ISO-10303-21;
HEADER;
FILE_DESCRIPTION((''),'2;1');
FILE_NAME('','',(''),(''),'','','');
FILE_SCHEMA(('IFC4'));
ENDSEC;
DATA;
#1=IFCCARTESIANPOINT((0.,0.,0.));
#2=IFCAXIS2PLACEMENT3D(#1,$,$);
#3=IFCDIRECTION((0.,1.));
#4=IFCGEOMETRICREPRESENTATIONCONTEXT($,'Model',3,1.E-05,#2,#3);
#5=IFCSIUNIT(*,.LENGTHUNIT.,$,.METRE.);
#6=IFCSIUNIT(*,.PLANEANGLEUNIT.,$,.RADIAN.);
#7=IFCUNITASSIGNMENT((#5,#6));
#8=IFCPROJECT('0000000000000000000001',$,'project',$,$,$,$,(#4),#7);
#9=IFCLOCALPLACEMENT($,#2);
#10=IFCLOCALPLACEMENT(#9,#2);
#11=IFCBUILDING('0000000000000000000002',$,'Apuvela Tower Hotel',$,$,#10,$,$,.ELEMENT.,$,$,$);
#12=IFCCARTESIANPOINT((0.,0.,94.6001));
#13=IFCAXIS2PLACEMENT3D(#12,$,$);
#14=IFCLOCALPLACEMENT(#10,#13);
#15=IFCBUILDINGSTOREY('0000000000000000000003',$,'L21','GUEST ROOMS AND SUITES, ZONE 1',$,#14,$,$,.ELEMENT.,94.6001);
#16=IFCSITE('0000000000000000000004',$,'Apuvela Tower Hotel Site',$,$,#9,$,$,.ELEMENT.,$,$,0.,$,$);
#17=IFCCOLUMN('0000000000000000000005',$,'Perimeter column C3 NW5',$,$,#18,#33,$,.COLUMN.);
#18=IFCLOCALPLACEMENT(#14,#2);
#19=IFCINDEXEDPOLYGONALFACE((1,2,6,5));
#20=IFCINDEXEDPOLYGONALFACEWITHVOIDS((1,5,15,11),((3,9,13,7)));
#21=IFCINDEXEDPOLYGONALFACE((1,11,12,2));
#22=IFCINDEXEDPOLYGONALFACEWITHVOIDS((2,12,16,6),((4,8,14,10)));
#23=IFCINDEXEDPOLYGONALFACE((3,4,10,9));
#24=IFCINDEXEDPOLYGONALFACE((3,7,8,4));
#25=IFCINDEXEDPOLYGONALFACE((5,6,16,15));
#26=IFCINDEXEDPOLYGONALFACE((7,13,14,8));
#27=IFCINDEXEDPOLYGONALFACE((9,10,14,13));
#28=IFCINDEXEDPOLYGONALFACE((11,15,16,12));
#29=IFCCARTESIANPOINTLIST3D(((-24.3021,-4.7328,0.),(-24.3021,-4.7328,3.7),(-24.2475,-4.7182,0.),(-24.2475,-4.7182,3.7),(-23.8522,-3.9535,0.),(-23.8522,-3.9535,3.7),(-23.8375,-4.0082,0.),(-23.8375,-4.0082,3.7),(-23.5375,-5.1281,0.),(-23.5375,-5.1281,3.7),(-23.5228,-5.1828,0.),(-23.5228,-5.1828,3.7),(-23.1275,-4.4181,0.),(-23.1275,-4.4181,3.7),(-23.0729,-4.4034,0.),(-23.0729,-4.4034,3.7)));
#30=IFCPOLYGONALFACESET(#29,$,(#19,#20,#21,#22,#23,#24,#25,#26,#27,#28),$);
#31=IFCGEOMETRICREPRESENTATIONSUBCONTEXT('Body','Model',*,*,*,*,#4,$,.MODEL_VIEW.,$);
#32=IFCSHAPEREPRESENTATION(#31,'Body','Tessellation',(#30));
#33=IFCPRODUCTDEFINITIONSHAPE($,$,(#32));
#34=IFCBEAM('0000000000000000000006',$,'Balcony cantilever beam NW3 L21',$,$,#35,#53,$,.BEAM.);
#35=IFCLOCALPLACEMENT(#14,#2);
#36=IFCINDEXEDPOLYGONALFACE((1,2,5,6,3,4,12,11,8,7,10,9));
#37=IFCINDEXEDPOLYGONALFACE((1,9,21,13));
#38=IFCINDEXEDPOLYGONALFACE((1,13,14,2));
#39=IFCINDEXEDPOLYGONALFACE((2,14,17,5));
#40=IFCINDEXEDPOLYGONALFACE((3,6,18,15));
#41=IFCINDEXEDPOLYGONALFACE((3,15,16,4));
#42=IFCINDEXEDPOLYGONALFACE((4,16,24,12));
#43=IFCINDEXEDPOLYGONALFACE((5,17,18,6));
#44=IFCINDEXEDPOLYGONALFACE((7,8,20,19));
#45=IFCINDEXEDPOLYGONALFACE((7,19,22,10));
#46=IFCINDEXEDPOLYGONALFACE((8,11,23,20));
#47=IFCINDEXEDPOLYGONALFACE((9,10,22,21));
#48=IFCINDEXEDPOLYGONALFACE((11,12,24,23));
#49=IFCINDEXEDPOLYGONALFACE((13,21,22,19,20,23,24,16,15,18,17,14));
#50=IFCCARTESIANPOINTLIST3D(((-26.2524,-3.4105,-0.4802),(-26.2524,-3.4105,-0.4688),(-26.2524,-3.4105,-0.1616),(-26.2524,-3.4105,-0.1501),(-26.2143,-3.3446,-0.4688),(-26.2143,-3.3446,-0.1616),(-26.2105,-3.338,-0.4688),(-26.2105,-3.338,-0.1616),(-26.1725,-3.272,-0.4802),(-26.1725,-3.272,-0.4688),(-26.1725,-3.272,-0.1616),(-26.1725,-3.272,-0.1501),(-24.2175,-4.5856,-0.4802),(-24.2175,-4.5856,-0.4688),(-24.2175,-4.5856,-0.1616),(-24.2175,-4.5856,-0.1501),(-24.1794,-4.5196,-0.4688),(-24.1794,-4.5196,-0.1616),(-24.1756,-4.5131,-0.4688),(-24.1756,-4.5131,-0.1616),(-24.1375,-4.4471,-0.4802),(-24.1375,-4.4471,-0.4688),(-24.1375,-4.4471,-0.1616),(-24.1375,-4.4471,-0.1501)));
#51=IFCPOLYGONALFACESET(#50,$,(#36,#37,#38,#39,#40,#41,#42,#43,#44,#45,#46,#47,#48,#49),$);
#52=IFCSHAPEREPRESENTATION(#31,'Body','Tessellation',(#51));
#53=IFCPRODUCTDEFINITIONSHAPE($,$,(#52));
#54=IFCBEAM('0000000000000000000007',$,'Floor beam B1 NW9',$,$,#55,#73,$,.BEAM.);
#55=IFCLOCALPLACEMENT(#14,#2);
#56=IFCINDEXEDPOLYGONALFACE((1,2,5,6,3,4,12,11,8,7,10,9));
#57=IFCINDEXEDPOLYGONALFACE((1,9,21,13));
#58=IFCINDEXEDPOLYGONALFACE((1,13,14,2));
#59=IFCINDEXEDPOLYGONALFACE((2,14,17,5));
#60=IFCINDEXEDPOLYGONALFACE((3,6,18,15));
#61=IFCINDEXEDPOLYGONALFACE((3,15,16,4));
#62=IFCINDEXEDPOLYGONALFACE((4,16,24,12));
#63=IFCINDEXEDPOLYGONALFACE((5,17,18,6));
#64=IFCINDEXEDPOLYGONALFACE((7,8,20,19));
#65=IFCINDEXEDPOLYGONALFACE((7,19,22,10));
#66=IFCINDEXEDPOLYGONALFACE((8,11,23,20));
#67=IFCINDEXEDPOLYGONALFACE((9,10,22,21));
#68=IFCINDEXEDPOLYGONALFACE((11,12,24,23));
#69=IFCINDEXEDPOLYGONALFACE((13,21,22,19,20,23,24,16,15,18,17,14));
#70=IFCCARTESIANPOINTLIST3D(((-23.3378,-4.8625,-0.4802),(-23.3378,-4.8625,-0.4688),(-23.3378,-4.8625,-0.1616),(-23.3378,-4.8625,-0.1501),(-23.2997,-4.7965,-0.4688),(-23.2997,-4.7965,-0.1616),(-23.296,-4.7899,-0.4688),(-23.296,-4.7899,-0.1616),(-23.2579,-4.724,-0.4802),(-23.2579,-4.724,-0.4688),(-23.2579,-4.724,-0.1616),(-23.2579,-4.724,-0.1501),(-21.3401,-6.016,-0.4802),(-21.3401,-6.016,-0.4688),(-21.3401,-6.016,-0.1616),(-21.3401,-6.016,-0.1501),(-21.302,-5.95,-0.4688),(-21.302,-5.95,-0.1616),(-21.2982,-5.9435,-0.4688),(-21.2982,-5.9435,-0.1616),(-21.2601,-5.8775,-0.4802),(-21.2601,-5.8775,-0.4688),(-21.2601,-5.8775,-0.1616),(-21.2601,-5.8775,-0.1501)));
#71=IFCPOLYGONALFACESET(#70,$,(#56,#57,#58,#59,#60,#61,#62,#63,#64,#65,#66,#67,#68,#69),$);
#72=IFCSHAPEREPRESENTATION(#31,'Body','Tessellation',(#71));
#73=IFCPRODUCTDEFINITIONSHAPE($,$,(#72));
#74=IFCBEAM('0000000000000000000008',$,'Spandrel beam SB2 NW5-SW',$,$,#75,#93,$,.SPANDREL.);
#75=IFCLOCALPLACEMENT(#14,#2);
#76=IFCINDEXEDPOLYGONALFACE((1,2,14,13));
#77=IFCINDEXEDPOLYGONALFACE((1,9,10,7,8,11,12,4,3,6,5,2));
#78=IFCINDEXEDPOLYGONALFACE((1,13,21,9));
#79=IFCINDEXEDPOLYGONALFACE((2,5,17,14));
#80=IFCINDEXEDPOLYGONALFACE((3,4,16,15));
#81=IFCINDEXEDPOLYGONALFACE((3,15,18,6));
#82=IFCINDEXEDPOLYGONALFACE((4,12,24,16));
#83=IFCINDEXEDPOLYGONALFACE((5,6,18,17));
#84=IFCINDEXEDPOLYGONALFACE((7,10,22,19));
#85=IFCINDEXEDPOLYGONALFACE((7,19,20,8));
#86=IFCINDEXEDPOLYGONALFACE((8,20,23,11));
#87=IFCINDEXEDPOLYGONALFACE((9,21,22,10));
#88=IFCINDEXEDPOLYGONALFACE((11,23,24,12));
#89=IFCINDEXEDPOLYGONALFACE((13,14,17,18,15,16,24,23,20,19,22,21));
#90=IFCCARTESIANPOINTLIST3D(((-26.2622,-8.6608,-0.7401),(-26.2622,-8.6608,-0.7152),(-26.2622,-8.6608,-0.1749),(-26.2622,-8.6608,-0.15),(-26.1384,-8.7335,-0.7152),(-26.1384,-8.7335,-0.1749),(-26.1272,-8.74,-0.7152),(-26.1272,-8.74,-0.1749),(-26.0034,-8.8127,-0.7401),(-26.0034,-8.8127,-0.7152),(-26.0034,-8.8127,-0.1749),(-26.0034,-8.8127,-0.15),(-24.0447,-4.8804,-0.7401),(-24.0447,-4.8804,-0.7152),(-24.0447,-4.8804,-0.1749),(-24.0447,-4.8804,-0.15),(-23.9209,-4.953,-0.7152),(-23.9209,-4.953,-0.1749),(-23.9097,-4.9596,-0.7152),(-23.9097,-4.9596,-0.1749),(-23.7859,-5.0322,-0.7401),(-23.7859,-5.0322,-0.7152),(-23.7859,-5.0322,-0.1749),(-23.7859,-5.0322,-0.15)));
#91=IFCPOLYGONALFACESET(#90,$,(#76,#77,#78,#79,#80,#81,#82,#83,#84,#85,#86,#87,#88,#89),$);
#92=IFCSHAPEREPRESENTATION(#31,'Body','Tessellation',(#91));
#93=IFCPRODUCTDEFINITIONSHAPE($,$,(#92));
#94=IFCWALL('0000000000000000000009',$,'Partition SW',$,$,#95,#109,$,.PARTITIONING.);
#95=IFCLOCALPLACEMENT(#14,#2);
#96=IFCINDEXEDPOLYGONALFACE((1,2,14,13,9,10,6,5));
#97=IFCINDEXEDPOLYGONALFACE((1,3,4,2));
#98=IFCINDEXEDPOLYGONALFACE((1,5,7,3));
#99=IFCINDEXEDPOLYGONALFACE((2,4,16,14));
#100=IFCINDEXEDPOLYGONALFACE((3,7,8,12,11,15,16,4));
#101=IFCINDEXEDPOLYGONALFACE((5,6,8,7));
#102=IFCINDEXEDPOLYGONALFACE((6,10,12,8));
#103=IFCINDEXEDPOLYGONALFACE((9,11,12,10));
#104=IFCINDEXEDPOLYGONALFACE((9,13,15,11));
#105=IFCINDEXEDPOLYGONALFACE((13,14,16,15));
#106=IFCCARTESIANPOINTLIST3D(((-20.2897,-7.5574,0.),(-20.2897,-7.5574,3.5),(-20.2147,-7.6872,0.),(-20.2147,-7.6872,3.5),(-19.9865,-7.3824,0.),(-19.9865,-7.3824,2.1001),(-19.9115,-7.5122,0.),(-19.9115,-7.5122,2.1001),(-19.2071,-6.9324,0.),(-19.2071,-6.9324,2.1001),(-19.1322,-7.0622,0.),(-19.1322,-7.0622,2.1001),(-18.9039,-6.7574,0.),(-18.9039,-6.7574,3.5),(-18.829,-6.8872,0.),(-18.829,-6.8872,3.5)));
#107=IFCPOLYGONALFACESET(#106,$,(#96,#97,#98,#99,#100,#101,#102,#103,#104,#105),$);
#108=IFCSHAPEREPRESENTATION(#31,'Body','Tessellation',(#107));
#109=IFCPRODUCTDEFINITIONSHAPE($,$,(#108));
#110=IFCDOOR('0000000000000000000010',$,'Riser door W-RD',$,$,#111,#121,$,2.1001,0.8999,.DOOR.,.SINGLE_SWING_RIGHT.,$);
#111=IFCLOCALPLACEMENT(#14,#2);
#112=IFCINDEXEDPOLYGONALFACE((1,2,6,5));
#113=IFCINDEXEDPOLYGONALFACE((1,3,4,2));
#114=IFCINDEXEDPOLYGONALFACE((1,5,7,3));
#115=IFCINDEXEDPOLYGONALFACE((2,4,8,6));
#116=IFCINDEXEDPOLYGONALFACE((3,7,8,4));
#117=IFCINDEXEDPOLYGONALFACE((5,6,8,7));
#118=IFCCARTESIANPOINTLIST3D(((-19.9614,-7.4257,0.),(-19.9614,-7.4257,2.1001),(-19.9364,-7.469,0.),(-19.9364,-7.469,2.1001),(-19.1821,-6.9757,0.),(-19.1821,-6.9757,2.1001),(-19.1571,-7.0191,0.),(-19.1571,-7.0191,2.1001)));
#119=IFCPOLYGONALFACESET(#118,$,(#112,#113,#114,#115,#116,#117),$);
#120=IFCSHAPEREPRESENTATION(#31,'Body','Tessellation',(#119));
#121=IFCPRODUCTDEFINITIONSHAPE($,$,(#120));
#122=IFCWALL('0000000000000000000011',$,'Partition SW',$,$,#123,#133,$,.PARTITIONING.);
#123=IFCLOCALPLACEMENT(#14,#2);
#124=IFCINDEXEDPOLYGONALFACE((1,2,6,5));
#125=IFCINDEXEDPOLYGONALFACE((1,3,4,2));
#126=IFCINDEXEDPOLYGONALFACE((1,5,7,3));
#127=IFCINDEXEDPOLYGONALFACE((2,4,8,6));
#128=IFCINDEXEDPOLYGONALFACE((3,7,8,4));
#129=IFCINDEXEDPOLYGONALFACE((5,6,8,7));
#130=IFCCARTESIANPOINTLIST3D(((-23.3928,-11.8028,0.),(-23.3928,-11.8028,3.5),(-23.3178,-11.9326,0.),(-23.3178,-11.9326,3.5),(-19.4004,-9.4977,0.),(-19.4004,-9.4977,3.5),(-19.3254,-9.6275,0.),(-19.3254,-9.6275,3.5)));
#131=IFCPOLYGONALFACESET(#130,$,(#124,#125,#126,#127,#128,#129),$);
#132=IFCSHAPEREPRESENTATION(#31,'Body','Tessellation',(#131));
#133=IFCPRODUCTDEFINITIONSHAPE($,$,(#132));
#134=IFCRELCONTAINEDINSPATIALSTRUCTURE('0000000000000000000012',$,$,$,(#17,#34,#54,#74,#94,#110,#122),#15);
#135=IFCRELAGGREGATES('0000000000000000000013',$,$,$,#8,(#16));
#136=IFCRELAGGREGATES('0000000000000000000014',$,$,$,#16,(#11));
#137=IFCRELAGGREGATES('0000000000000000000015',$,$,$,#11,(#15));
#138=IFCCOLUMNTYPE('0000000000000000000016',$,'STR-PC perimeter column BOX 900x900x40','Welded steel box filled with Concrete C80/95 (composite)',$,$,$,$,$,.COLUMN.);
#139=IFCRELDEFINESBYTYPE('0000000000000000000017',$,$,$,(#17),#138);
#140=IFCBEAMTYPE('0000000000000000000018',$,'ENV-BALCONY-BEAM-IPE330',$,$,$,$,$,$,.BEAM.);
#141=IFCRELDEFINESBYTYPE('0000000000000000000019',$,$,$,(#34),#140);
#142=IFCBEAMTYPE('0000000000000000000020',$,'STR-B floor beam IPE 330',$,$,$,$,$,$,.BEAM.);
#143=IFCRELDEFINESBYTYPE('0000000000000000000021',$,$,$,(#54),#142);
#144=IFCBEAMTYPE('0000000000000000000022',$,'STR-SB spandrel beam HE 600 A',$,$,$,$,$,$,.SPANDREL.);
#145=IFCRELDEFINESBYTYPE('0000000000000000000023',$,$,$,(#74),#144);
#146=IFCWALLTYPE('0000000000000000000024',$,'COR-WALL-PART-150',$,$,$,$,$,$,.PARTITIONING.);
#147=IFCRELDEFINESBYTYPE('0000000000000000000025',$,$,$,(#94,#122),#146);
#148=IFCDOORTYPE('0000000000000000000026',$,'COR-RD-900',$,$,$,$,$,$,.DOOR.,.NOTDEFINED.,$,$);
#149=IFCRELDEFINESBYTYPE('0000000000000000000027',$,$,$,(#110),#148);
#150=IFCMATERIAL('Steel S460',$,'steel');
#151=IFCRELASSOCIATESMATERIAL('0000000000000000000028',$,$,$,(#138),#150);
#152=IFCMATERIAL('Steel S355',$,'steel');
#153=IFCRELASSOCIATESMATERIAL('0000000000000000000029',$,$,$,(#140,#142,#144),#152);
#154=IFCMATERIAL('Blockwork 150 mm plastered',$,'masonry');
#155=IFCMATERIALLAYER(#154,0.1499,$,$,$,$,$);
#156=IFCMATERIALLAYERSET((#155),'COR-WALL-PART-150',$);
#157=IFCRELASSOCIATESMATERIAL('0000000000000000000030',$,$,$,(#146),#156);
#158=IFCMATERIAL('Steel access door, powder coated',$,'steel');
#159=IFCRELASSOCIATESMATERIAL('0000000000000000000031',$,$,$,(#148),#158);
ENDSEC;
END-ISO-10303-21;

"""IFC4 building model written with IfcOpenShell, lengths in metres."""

from ifc_helpers import new_model, si_unit, direction, frame, frame_2d, origin, origin_2d, place, context, subcontext, project, spatial, rectangle, hollow_rectangle, i_section, extrude, material, layer, layer_set, material_profile, profile_set, type_object, element, fill, save


model = new_model("IFC4")

# Units and contexts
model_context = context("Model", 3, precision=1e-05, world=origin(), true_north=direction((0.0, 1.0)))
body_context = subcontext(model_context, "Body", "Model", "MODEL_VIEW")
ifc_project = project(units=[si_unit("LENGTHUNIT", "METRE"), si_unit("PLANEANGLEUNIT", "RADIAN")], contexts=[model_context])

# Site, building, storey
site_placement = place(None, origin())
site = spatial("IfcSite", under=ifc_project, at=site_placement, Name="Apuvela Tower Hotel Site", CompositionType="ELEMENT", RefElevation=0.0)
building_placement = place(site_placement, origin())
building = spatial("IfcBuilding", under=site, at=building_placement, Name="Apuvela Tower Hotel", CompositionType="ELEMENT")
storey_placement = place(building_placement, frame((0.0, 0.0, 94.6001)))
storey = spatial("IfcBuildingStorey", under=building, at=storey_placement, Name="L21", Description="GUEST ROOMS AND SUITES, ZONE 1", CompositionType="ELEMENT", Elevation=94.6001)

# Column
ifc_material_1 = material(Name="Steel S460", Category="steel")
ifc_material_profile_1 = material_profile(ifc_material_1, hollow_rectangle(XDim=0.8999, YDim=0.8999, WallThickness=0.04, at=origin_2d()), Name="BOX 900x900x40")
ifc_material_2 = material(Name="Concrete C80/95", Category="concrete")
ifc_material_profile_2 = material_profile(ifc_material_2, rectangle(XDim=0.8201, YDim=0.8201, at=origin_2d()), Name="Concrete C80/95 infill")
ifc_profile_set_1 = profile_set([ifc_material_profile_1, ifc_material_profile_2], Name="Steel S460")
column_type = type_object("IfcColumnType", Name="STR-PC perimeter column BOX 900x900x40", Description="Welded steel box filled with Concrete C80/95 (composite)", PredefinedType="COLUMN", material=ifc_profile_set_1)
column_placement = place(storey_placement, frame((-23.6875, -4.5681, 0.0), z_axis=(0.0, 0.0, 1.0), x_axis=(0.5, 0.866025, 0.0)))
element("IfcColumn", 1, at=column_placement, inside=storey, type_object=column_type, Name="Perimeter column C3 NW5", PredefinedType="COLUMN", context=body_context, shape_type="SweptSolid", body=[
    extrude(hollow_rectangle(XDim=0.8999, YDim=0.8999, WallThickness=0.04, at=origin_2d()), origin(), (0.0, 0.0, 1.0), 3.7),
])

# Beams
ifc_material_3 = material(Name="Steel S355", Category="steel")
ifc_material_profile_3 = material_profile(ifc_material_3, i_section(OverallWidth=0.1599, OverallDepth=0.3301, WebThickness=0.0076, FlangeThickness=0.0115, at=origin_2d()), Name="IPE 330")
ifc_profile_set_2 = profile_set([ifc_material_profile_3], Name="Steel S355")
beam_type_1 = type_object("IfcBeamType", Name="ENV-BALCONY-BEAM-IPE330", PredefinedType="BEAM", material=ifc_profile_set_2)
beam_1_placement = place(storey_placement, frame((-24.1775, -4.5164, -0.3152), z_axis=(-0.86599, 0.500061, 0.0), x_axis=(-0.500061, -0.86599, 0.0)))
element("IfcBeam", 2, at=beam_1_placement, inside=storey, type_object=beam_type_1, Name="Balcony cantilever beam NW3 L21", PredefinedType="BEAM", context=body_context, shape_type="SweptSolid", body=[
    extrude(i_section(OverallWidth=0.1599, OverallDepth=0.3301, WebThickness=0.0076, FlangeThickness=0.0115, at=origin_2d()), origin(), (0.0, 0.0, 1.0), 2.3499),
])
ifc_material_profile_4 = material_profile(ifc_material_3, i_section(OverallWidth=0.1599, OverallDepth=0.3301, WebThickness=0.0076, FlangeThickness=0.0115, at=origin_2d()), Name="IPE 330")
ifc_profile_set_3 = profile_set([ifc_material_profile_4], Name="Steel S355")
beam_type_2 = type_object("IfcBeamType", Name="STR-B floor beam IPE 330", PredefinedType="BEAM", material=ifc_profile_set_3)
beam_2_placement = place(storey_placement, frame((-23.2979, -4.7932, -0.3152), z_axis=(0.866001, -0.500043, 0.0), x_axis=(0.500043, 0.866001, 0.0)))
element("IfcBeam", 3, at=beam_2_placement, inside=storey, type_object=beam_type_2, Name="Floor beam B1 NW9", PredefinedType="BEAM", context=body_context, shape_type="SweptSolid", body=[
    extrude(i_section(OverallWidth=0.1599, OverallDepth=0.3301, WebThickness=0.0076, FlangeThickness=0.0115, at=origin_2d()), origin(), (0.0, 0.0, 1.0), 2.3069),
])
ifc_material_profile_5 = material_profile(ifc_material_3, i_section(OverallWidth=0.3, OverallDepth=0.5901, WebThickness=0.0129, FlangeThickness=0.0249, at=origin_2d()), Name="HE 600 A")
ifc_profile_set_4 = profile_set([ifc_material_profile_5], Name="Steel S355")
beam_type_3 = type_object("IfcBeamType", Name="STR-SB spandrel beam HE 600 A", PredefinedType="SPANDREL", material=ifc_profile_set_4)
beam_3_placement = place(storey_placement, frame((-23.9153, -4.9563, -0.4451), z_axis=(-0.505951, -0.862562, 0.0), x_axis=(0.862562, -0.505951, 0.0)))
element("IfcBeam", 4, at=beam_3_placement, inside=storey, type_object=beam_type_3, Name="Spandrel beam SB2 NW5-SW", PredefinedType="SPANDREL", context=body_context, shape_type="SweptSolid", body=[
    extrude(i_section(OverallWidth=0.3, OverallDepth=0.5901, WebThickness=0.0129, FlangeThickness=0.0249, at=origin_2d()), origin(), (0.0, 0.0, 1.0), 4.3828),
])

# Wall, opening, door
ifc_material_4 = material(Name="Blockwork 150 mm plastered", Category="masonry")
ifc_layer_1 = layer(ifc_material_4, 0.1499)
ifc_layer_set_1 = layer_set([ifc_layer_1], Name="COR-WALL-PART-150")
wall_type_1 = type_object("IfcWallType", Name="COR-WALL-PART-150", PredefinedType="PARTITIONING", material=ifc_layer_set_1)
wall_1_placement = place(storey_placement, frame((-18.8665, -6.8223, 0.0), z_axis=(0.0, 0.0, 1.0), x_axis=(-0.866028, -0.499995, 0.0)))
wall_1 = element("IfcWall", 5, at=wall_1_placement, inside=storey, type_object=wall_type_1, Name="Partition SW", PredefinedType="PARTITIONING", context=body_context, shape_type="SweptSolid", body=[
    extrude(rectangle(XDim=1.6001, YDim=0.1499, at=frame_2d((0.8, 0.0))), origin(), (0.0, 0.0, 1.0), 3.5),
])
opening_1_placement = place(wall_1_placement, frame((0.3501, 0.0, 0.0)))
opening_1 = element("IfcOpeningElement", 6, at=opening_1_placement, cuts=wall_1, PredefinedType="OPENING", context=body_context, shape_type="SweptSolid", body=[
    extrude(rectangle(XDim=0.8999, YDim=2.1001, at=frame_2d((0.45, 1.05))), frame((0.0, 0.085, 0.0), z_axis=(0.0, -1.0, 0.0), x_axis=(1.0, 0.0, 0.0)), (0.0, 0.0, 1.0), 0.1699),
])
ifc_material_5 = material(Name="Steel access door, powder coated", Category="steel")
door_type_1 = type_object("IfcDoorType", Name="COR-RD-900", OperationType="NOTDEFINED", PredefinedType="DOOR", material=ifc_material_5)
door_1_placement = place(opening_1_placement, frame((0.8999, 0.0, 0.0), z_axis=(0.0, 0.0, 1.0), x_axis=(-1.0, 0.0, 0.0)))
door_1 = element("IfcDoor", 7, at=door_1_placement, inside=storey, type_object=door_type_1, Name="Riser door W-RD", OperationType="SINGLE_SWING_RIGHT", OverallHeight=2.1001, OverallWidth=0.8999, PredefinedType="DOOR", context=body_context, shape_type="SweptSolid", body=[
    extrude(rectangle(XDim=0.8999, YDim=2.1001, at=frame_2d((0.45, 1.05))), frame((0.0, 0.0249, 0.0), z_axis=(0.0, -1.0, 0.0), x_axis=(1.0, 0.0, 0.0)), (0.0, 0.0, 1.0), 0.05),
])
fill(opening_1, door_1)

# Wall
wall_2_placement = place(storey_placement, frame((-19.3628, -9.5625, 0.0), z_axis=(0.0, 0.0, 1.0), x_axis=(-0.866012, -0.500023, 0.0)))
element("IfcWall", 8, at=wall_2_placement, inside=storey, type_object=wall_type_1, Name="Partition SW", PredefinedType="PARTITIONING", context=body_context, shape_type="SweptSolid", body=[
    extrude(rectangle(XDim=4.6101, YDim=0.1499, at=frame_2d((2.3052, 0.0))), origin(), (0.0, 0.0, 1.0), 3.5),
])

save(model, "model.ifc")
